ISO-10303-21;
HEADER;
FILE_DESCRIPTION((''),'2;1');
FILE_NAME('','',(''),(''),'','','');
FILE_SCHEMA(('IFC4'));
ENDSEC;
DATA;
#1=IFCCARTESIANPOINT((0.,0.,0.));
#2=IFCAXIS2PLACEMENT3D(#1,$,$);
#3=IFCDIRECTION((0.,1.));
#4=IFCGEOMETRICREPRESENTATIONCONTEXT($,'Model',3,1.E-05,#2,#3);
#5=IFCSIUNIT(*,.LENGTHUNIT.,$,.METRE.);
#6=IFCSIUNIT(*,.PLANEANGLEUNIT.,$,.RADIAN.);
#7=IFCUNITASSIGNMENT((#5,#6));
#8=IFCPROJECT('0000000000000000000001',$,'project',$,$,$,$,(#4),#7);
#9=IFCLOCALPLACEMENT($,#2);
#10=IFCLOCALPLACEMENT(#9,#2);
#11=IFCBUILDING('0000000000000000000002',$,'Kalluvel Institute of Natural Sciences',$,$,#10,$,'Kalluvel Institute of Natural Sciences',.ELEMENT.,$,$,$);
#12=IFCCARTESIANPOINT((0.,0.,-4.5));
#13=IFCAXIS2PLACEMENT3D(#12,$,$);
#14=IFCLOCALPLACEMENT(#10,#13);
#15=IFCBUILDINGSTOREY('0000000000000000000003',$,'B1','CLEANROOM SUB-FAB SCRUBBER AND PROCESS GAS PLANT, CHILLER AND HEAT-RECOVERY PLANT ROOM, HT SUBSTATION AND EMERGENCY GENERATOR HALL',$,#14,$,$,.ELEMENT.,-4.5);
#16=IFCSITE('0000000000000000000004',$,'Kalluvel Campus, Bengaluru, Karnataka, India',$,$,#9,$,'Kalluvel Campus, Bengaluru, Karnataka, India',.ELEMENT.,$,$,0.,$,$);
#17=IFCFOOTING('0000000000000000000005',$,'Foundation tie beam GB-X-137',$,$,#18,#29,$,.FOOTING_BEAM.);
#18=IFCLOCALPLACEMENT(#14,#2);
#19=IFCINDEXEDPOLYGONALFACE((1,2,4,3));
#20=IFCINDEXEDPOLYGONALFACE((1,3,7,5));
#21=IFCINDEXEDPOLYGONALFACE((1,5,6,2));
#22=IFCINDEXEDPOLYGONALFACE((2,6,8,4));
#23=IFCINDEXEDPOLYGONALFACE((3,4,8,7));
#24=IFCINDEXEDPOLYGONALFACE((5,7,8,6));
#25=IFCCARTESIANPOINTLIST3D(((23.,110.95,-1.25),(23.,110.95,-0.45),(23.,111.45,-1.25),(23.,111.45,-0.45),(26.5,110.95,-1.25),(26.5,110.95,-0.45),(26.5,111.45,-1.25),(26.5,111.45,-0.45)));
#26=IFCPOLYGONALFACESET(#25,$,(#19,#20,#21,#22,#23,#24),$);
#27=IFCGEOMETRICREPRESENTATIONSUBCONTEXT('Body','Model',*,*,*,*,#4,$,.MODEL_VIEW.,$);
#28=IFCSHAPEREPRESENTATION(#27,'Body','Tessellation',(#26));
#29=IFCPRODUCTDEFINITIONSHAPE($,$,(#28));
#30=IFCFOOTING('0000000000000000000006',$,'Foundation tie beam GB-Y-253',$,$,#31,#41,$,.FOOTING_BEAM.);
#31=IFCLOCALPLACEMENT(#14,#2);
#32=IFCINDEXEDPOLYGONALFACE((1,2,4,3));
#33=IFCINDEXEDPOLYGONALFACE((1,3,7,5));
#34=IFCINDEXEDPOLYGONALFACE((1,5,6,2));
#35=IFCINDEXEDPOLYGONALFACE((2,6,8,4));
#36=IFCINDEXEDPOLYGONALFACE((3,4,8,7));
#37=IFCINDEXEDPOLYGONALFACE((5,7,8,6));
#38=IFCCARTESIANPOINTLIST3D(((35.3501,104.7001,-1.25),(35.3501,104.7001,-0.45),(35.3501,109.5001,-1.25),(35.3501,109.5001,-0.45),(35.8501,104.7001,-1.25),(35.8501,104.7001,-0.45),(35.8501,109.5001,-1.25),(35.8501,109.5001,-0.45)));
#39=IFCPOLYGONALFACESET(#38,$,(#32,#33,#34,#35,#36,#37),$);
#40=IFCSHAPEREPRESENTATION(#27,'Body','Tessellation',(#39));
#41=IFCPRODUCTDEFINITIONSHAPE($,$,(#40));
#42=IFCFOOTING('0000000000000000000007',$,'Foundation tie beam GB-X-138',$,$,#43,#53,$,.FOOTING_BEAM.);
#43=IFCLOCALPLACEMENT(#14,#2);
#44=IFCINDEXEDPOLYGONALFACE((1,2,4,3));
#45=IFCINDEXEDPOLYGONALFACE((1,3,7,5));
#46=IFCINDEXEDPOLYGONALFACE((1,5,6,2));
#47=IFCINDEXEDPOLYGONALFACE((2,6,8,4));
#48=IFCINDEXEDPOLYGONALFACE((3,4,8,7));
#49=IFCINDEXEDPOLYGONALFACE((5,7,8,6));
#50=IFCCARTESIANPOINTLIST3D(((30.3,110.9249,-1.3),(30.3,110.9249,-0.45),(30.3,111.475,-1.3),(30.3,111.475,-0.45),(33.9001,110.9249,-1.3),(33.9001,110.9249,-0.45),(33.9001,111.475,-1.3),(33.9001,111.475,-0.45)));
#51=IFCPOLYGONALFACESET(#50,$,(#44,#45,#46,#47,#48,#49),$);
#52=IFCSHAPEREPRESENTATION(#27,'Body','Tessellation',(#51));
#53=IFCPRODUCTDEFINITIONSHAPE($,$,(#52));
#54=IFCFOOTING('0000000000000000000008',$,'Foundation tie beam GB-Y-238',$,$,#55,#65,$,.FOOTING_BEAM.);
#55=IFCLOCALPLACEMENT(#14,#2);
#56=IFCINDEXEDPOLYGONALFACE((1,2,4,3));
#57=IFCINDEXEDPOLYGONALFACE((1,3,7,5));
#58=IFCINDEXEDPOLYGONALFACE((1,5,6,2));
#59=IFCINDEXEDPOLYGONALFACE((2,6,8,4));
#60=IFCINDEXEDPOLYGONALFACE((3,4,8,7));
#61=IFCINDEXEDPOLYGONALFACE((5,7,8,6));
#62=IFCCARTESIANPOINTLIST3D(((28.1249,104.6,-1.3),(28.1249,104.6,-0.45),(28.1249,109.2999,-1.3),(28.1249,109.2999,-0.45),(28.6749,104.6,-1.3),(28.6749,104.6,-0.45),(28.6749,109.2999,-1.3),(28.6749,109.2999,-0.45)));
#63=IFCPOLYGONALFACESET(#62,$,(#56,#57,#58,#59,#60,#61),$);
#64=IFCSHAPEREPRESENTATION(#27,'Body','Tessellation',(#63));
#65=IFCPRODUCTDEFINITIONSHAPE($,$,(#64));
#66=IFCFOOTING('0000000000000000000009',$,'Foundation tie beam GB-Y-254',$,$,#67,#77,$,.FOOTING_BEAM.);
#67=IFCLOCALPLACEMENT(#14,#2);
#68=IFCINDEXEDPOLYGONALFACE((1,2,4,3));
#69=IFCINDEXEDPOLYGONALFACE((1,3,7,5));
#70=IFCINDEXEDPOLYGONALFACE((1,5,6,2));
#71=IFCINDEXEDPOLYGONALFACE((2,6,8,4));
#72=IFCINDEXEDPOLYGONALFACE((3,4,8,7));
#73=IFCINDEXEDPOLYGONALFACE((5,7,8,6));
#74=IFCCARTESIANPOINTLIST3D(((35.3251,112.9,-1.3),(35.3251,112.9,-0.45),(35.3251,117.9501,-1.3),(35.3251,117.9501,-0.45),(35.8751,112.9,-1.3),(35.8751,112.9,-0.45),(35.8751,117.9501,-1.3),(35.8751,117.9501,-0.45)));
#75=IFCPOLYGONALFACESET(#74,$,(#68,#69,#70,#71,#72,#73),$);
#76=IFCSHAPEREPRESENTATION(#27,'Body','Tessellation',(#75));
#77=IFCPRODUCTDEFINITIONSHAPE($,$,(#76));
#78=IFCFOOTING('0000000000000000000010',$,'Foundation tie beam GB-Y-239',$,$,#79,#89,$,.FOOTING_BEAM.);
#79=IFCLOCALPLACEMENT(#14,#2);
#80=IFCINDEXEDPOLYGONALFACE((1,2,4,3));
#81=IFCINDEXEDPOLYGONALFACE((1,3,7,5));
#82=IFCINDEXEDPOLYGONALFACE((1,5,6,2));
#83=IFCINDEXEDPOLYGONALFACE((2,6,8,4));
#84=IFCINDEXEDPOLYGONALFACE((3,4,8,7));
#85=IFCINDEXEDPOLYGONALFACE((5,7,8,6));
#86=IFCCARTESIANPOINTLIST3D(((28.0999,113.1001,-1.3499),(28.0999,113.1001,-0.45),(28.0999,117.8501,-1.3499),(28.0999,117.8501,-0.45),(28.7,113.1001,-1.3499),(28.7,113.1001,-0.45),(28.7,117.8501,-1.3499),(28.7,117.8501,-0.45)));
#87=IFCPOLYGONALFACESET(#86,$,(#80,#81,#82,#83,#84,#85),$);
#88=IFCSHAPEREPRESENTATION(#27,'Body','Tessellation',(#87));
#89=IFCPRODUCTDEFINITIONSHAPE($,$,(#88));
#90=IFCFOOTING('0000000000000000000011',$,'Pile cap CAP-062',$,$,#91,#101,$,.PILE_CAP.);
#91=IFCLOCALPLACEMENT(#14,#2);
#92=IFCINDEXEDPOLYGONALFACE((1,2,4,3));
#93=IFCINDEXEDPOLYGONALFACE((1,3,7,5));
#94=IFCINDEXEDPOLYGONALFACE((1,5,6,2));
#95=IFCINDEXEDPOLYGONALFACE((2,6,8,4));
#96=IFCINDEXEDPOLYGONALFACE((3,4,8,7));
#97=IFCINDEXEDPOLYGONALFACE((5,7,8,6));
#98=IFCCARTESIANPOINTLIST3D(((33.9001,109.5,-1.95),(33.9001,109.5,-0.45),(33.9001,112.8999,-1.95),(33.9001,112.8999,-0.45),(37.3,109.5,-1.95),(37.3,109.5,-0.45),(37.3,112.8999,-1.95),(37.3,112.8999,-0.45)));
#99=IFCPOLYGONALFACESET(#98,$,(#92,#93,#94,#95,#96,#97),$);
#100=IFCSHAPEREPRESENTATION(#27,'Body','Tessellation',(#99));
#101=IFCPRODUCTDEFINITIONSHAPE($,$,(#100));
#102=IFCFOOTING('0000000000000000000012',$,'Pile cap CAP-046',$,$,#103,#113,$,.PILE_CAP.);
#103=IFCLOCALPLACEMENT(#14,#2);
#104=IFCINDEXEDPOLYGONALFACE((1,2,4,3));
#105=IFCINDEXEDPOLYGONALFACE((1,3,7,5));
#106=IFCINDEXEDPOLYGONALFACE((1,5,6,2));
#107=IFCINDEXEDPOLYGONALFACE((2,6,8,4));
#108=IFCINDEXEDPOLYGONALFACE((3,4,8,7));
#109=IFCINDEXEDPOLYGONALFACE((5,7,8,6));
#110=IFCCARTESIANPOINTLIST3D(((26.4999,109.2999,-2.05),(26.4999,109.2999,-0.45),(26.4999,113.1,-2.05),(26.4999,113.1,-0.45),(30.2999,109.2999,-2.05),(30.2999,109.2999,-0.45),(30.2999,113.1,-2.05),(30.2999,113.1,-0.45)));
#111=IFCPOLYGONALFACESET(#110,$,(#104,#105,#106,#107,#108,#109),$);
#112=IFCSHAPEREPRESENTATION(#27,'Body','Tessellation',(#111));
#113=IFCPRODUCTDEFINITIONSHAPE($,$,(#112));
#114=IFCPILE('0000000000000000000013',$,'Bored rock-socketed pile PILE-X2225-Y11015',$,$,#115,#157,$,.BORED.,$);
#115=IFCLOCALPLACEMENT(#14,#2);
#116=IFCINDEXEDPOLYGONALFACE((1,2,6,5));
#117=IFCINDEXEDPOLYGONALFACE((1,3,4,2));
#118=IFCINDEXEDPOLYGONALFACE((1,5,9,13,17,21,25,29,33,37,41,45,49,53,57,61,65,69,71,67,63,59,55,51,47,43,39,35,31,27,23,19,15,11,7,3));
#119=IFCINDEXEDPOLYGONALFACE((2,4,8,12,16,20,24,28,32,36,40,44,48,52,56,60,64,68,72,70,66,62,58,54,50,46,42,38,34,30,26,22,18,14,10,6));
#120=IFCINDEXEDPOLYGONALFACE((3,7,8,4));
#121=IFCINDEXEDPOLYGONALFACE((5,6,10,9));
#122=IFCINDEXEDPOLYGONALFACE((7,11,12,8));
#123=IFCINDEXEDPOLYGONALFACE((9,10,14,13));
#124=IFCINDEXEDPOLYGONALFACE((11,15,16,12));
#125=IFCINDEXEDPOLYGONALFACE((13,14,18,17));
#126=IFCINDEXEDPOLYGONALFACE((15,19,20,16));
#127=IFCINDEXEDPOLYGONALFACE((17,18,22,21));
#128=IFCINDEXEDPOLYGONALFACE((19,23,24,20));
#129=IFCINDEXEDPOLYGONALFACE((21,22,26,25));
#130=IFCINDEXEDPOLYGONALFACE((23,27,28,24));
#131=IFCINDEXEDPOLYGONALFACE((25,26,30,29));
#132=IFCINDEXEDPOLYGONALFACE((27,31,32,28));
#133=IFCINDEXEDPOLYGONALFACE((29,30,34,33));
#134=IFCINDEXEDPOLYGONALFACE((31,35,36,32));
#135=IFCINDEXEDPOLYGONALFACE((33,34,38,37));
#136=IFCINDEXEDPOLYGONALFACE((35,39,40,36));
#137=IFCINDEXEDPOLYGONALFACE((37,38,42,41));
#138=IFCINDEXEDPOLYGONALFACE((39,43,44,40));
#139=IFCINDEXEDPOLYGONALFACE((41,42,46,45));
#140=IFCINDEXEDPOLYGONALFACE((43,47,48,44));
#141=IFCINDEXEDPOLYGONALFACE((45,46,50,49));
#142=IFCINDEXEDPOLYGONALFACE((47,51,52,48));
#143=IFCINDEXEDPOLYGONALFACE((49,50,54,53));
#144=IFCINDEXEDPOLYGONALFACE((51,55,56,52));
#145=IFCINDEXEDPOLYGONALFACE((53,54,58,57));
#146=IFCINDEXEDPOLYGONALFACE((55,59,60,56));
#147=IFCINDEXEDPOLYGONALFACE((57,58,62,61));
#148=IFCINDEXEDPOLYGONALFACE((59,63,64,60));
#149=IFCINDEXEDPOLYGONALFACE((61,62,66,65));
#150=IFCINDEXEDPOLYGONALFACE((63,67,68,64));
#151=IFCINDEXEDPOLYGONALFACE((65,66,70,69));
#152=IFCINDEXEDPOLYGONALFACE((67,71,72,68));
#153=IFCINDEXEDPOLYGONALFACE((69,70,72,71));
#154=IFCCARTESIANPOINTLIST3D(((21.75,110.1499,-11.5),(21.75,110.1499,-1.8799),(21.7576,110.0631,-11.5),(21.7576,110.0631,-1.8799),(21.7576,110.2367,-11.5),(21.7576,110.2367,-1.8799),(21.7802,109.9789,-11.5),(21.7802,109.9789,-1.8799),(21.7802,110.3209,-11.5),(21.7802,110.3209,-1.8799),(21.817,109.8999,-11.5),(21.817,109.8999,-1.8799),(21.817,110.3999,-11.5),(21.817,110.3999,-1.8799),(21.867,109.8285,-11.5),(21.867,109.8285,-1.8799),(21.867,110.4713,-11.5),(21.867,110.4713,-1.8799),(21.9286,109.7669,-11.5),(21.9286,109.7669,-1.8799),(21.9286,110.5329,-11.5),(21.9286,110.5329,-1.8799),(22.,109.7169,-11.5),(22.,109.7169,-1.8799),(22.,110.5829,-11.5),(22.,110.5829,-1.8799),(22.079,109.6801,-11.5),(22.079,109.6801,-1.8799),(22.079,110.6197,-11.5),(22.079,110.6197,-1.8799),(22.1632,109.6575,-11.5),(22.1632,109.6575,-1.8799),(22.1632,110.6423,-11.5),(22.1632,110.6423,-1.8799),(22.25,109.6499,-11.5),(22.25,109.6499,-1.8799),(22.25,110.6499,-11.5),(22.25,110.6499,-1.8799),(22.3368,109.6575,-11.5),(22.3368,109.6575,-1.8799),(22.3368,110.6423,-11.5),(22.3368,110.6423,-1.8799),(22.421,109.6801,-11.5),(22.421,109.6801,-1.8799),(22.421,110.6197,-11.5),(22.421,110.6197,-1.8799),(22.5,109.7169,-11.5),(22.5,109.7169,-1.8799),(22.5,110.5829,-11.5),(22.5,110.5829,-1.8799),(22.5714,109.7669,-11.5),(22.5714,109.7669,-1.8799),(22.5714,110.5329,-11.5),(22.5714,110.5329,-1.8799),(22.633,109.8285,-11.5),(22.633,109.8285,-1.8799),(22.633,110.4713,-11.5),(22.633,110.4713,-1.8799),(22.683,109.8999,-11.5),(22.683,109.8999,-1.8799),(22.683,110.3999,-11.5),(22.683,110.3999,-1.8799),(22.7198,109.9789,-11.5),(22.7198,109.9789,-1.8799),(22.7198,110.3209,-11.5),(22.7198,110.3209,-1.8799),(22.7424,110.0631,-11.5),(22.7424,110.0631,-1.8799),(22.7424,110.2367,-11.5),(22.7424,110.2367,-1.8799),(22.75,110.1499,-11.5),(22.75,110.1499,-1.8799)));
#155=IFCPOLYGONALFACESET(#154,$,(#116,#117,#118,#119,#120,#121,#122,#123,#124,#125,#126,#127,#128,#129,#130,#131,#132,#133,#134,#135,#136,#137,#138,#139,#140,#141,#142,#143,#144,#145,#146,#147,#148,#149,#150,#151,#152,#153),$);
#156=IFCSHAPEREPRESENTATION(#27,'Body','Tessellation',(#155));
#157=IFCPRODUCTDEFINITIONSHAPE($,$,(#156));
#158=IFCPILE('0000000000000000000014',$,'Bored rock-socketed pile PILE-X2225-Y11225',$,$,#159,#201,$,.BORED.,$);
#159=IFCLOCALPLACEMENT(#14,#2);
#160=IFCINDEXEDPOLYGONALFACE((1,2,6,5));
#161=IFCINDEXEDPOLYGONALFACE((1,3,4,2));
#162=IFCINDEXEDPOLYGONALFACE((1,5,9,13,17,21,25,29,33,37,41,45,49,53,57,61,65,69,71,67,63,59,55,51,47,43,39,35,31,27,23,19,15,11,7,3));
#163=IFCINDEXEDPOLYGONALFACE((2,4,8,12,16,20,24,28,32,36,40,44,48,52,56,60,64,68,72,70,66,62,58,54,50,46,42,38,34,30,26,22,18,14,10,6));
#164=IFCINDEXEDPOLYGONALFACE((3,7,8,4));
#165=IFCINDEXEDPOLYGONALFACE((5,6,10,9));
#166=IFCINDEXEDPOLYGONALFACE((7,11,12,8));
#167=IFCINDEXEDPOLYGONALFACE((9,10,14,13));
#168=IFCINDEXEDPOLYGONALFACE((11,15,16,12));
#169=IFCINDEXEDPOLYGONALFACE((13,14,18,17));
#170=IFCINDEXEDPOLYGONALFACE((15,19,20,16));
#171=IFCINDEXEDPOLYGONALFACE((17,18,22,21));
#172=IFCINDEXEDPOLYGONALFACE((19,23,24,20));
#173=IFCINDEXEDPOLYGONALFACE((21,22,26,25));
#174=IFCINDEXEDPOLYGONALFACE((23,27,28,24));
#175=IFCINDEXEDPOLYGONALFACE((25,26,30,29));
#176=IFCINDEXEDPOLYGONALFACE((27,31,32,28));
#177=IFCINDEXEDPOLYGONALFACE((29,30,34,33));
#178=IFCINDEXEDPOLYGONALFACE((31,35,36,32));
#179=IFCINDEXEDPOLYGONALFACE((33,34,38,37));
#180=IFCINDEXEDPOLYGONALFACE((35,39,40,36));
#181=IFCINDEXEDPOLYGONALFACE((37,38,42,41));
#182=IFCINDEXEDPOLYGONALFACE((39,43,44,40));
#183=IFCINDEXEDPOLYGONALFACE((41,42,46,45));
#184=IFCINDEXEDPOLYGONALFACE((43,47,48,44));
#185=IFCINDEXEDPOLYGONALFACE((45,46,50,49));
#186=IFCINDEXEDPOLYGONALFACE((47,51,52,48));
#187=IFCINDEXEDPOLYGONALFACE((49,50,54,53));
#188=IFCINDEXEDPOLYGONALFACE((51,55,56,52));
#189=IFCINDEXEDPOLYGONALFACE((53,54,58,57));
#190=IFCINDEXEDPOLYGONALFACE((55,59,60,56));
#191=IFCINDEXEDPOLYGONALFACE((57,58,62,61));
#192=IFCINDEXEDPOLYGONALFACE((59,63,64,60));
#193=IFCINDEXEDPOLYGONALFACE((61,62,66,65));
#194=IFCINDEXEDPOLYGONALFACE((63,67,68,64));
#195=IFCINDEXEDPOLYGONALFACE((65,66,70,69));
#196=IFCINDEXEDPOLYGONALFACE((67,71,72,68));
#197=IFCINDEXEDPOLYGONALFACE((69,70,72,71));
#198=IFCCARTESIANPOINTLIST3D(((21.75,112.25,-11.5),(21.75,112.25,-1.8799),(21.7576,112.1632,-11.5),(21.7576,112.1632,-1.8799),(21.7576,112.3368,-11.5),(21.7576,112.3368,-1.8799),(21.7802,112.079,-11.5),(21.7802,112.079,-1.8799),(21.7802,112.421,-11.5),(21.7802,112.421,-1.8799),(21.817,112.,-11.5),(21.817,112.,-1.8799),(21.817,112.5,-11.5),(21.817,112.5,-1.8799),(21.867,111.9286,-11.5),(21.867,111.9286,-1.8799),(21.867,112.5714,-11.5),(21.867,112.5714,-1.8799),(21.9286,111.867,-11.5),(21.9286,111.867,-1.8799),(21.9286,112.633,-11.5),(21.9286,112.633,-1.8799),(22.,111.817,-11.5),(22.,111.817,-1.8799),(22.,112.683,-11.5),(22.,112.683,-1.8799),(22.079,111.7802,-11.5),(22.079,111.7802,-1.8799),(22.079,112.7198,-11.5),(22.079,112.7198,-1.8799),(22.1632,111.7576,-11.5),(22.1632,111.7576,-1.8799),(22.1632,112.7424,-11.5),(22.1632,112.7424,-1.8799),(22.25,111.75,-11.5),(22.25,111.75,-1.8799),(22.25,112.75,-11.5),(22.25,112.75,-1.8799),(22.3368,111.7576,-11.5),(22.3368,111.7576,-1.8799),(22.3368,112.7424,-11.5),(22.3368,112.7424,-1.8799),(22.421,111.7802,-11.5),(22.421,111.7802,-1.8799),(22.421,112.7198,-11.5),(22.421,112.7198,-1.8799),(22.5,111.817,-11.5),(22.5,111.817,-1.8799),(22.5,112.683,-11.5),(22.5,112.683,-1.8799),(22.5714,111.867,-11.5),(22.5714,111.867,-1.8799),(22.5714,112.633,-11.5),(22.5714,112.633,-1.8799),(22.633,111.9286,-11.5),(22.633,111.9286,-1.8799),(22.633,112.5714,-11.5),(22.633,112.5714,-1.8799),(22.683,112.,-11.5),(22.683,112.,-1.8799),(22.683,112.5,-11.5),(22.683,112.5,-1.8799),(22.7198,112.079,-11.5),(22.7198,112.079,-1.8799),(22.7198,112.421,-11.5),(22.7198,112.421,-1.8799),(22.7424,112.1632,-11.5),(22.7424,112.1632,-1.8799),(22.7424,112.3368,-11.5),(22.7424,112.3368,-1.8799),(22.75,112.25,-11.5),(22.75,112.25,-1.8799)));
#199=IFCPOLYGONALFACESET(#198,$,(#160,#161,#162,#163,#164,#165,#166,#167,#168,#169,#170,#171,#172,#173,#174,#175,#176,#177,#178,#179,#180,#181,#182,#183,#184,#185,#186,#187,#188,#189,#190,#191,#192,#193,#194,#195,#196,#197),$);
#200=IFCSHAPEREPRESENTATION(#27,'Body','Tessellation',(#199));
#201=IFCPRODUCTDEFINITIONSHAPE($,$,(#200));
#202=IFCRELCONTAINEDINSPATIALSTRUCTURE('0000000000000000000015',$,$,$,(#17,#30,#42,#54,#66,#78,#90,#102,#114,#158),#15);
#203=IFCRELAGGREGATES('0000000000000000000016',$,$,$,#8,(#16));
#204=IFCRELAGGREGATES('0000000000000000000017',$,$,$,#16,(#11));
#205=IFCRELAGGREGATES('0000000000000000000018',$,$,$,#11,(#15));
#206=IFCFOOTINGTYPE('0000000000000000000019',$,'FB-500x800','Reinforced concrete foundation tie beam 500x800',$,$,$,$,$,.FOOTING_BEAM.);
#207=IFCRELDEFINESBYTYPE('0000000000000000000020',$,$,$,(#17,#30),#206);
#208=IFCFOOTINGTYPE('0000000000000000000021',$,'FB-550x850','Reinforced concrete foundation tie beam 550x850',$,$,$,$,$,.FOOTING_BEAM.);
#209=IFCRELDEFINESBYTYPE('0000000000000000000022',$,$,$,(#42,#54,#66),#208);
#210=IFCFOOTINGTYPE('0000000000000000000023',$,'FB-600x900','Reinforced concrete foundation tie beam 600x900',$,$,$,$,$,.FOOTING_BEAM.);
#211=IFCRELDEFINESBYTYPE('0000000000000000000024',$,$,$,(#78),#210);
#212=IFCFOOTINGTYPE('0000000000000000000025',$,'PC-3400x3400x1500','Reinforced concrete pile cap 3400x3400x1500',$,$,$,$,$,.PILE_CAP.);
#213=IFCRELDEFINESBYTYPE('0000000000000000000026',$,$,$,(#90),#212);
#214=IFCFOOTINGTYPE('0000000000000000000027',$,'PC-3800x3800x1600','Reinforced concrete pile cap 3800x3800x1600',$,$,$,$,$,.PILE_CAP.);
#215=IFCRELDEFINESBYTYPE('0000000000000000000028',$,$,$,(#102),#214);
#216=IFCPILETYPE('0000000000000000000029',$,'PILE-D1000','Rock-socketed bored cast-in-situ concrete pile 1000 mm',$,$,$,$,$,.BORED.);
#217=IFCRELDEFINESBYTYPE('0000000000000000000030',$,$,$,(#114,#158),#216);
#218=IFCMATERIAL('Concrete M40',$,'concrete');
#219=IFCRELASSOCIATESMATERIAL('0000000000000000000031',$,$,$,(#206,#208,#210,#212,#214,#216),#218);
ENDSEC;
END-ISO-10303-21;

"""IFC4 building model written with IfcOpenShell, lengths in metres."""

from ifc_helpers import new_model, si_unit, direction, frame, origin, origin_2d, place, context, subcontext, project, spatial, rectangle, circle, extrude, material, material_profile, profile_set, type_object, element, save


model = new_model("IFC4")

# Units and contexts
model_context = context("Model", 3, precision=1e-05, world=origin(), true_north=direction((0.0, 1.0)))
body_context = subcontext(model_context, "Body", "Model", "MODEL_VIEW")
ifc_project = project(units=[si_unit("LENGTHUNIT", "METRE"), si_unit("PLANEANGLEUNIT", "RADIAN")], contexts=[model_context])

# Site, building, storey
site_placement = place(None, origin())
site = spatial("IfcSite", under=ifc_project, at=site_placement, Name="Kalluvel Campus, Bengaluru, Karnataka, India", LongName="Kalluvel Campus, Bengaluru, Karnataka, India", CompositionType="ELEMENT", RefElevation=0.0)
building_placement = place(site_placement, origin())
building = spatial("IfcBuilding", under=site, at=building_placement, Name="Kalluvel Institute of Natural Sciences", LongName="Kalluvel Institute of Natural Sciences", CompositionType="ELEMENT")
storey_placement = place(building_placement, frame((0.0, 0.0, -4.5)))
storey = spatial("IfcBuildingStorey", under=building, at=storey_placement, Name="B1", Description="CLEANROOM SUB-FAB SCRUBBER AND PROCESS GAS PLANT, CHILLER AND HEAT-RECOVERY PLANT ROOM, HT SUBSTATION AND EMERGENCY GENERATOR HALL", CompositionType="ELEMENT", Elevation=-4.5)

# Footings
ifc_material_1 = material(Name="Concrete M40", Category="concrete")
footing_type_1 = type_object("IfcFootingType", Name="FB-500x800", Description="Reinforced concrete foundation tie beam 500x800", PredefinedType="FOOTING_BEAM", material=ifc_material_1)
footing_1_placement = place(storey_placement, frame((24.75, 111.2, -1.25), z_axis=(0.0, 0.0, 1.0), x_axis=(1.0, 0.0, 0.0)))
element("IfcFooting", 1, at=footing_1_placement, inside=storey, type_object=footing_type_1, Name="Foundation tie beam GB-X-137", PredefinedType="FOOTING_BEAM", context=body_context, shape_type="SweptSolid", body=[
    extrude(rectangle(XDim=3.5, YDim=0.5, at=origin_2d()), origin(), (0.0, 0.0, 1.0), 0.8),
])
footing_2_placement = place(storey_placement, frame((35.6001, 107.1001, -1.25), z_axis=(0.0, 0.0, 1.0), x_axis=(1.0, 0.0, 0.0)))
element("IfcFooting", 2, at=footing_2_placement, inside=storey, type_object=footing_type_1, Name="Foundation tie beam GB-Y-253", PredefinedType="FOOTING_BEAM", context=body_context, shape_type="SweptSolid", body=[
    extrude(rectangle(XDim=0.5, YDim=4.8, at=origin_2d()), origin(), (0.0, 0.0, 1.0), 0.8),
])
footing_type_2 = type_object("IfcFootingType", Name="FB-550x850", Description="Reinforced concrete foundation tie beam 550x850", PredefinedType="FOOTING_BEAM", material=ifc_material_1)
footing_3_placement = place(storey_placement, frame((32.1001, 111.2, -1.3), z_axis=(0.0, 0.0, 1.0), x_axis=(1.0, 0.0, 0.0)))
element("IfcFooting", 3, at=footing_3_placement, inside=storey, type_object=footing_type_2, Name="Foundation tie beam GB-X-138", PredefinedType="FOOTING_BEAM", context=body_context, shape_type="SweptSolid", body=[
    extrude(rectangle(XDim=3.6001, YDim=0.55, at=origin_2d()), origin(), (0.0, 0.0, 1.0), 0.8501),
])
footing_4_placement = place(storey_placement, frame((28.3999, 106.95, -1.3), z_axis=(0.0, 0.0, 1.0), x_axis=(1.0, 0.0, 0.0)))
element("IfcFooting", 4, at=footing_4_placement, inside=storey, type_object=footing_type_2, Name="Foundation tie beam GB-Y-238", PredefinedType="FOOTING_BEAM", context=body_context, shape_type="SweptSolid", body=[
    extrude(rectangle(XDim=0.55, YDim=4.7, at=origin_2d()), origin(), (0.0, 0.0, 1.0), 0.8501),
])
footing_5_placement = place(storey_placement, frame((35.6001, 115.425, -1.3), z_axis=(0.0, 0.0, 1.0), x_axis=(1.0, 0.0, 0.0)))
element("IfcFooting", 5, at=footing_5_placement, inside=storey, type_object=footing_type_2, Name="Foundation tie beam GB-Y-254", PredefinedType="FOOTING_BEAM", context=body_context, shape_type="SweptSolid", body=[
    extrude(rectangle(XDim=0.55, YDim=5.05, at=origin_2d()), origin(), (0.0, 0.0, 1.0), 0.8501),
])
footing_type_3 = type_object("IfcFootingType", Name="FB-600x900", Description="Reinforced concrete foundation tie beam 600x900", PredefinedType="FOOTING_BEAM", material=ifc_material_1)
footing_6_placement = place(storey_placement, frame((28.3999, 115.4751, -1.3499), z_axis=(0.0, 0.0, 1.0), x_axis=(1.0, 0.0, 0.0)))
element("IfcFooting", 6, at=footing_6_placement, inside=storey, type_object=footing_type_3, Name="Foundation tie beam GB-Y-239", PredefinedType="FOOTING_BEAM", context=body_context, shape_type="SweptSolid", body=[
    extrude(rectangle(XDim=0.6001, YDim=4.75, at=origin_2d()), origin(), (0.0, 0.0, 1.0), 0.8999),
])
footing_type_4 = type_object("IfcFootingType", Name="PC-3400x3400x1500", Description="Reinforced concrete pile cap 3400x3400x1500", PredefinedType="PILE_CAP", material=ifc_material_1)
footing_7_placement = place(storey_placement, frame((35.6001, 111.2, -1.95), z_axis=(0.0, 0.0, 1.0), x_axis=(1.0, 0.0, 0.0)))
element("IfcFooting", 7, at=footing_7_placement, inside=storey, type_object=footing_type_4, Name="Pile cap CAP-062", PredefinedType="PILE_CAP", context=body_context, shape_type="SweptSolid", body=[
    extrude(rectangle(XDim=3.3999, YDim=3.3999, at=origin_2d()), origin(), (0.0, 0.0, 1.0), 1.5),
])
footing_type_5 = type_object("IfcFootingType", Name="PC-3800x3800x1600", Description="Reinforced concrete pile cap 3800x3800x1600", PredefinedType="PILE_CAP", material=ifc_material_1)
footing_8_placement = place(storey_placement, frame((28.3999, 111.2, -2.05), z_axis=(0.0, 0.0, 1.0), x_axis=(1.0, 0.0, 0.0)))
element("IfcFooting", 8, at=footing_8_placement, inside=storey, type_object=footing_type_5, Name="Pile cap CAP-046", PredefinedType="PILE_CAP", context=body_context, shape_type="SweptSolid", body=[
    extrude(rectangle(XDim=3.8, YDim=3.8, at=origin_2d()), origin(), (0.0, 0.0, 1.0), 1.6001),
])

# Piles
ifc_material_profile_1 = material_profile(ifc_material_1, circle(Radius=0.5, at=origin_2d()), Name="PILE D1000")
ifc_profile_set_1 = profile_set([ifc_material_profile_1], Name="Concrete M40")
pile_type_1 = type_object("IfcPileType", Name="PILE-D1000", Description="Rock-socketed bored cast-in-situ concrete pile 1000 mm", PredefinedType="BORED", material=ifc_profile_set_1)
for number, where, z_axis, x_axis, name in (
    (9, (22.25, 110.1499, -1.8799), (0.0, 0.0, -1.0), (1.0, 0.0, 0.0), "Bored rock-socketed pile PILE-X2225-Y11015"),
    (10, (22.25, 112.25, -1.8799), (0.0, 0.0, -1.0), (1.0, 0.0, 0.0), "Bored rock-socketed pile PILE-X2225-Y11225"),
):
    element("IfcPile", number, at=place(storey_placement, frame(where, z_axis=z_axis, x_axis=x_axis)), inside=storey, type_object=pile_type_1, Name=name, PredefinedType="BORED", context=body_context, shape_type="SweptSolid", body=[
        extrude(circle(Radius=0.5, at=origin_2d()), origin(), (0.0, 0.0, 1.0), 9.6201),
    ])

save(model, "model.ifc")
